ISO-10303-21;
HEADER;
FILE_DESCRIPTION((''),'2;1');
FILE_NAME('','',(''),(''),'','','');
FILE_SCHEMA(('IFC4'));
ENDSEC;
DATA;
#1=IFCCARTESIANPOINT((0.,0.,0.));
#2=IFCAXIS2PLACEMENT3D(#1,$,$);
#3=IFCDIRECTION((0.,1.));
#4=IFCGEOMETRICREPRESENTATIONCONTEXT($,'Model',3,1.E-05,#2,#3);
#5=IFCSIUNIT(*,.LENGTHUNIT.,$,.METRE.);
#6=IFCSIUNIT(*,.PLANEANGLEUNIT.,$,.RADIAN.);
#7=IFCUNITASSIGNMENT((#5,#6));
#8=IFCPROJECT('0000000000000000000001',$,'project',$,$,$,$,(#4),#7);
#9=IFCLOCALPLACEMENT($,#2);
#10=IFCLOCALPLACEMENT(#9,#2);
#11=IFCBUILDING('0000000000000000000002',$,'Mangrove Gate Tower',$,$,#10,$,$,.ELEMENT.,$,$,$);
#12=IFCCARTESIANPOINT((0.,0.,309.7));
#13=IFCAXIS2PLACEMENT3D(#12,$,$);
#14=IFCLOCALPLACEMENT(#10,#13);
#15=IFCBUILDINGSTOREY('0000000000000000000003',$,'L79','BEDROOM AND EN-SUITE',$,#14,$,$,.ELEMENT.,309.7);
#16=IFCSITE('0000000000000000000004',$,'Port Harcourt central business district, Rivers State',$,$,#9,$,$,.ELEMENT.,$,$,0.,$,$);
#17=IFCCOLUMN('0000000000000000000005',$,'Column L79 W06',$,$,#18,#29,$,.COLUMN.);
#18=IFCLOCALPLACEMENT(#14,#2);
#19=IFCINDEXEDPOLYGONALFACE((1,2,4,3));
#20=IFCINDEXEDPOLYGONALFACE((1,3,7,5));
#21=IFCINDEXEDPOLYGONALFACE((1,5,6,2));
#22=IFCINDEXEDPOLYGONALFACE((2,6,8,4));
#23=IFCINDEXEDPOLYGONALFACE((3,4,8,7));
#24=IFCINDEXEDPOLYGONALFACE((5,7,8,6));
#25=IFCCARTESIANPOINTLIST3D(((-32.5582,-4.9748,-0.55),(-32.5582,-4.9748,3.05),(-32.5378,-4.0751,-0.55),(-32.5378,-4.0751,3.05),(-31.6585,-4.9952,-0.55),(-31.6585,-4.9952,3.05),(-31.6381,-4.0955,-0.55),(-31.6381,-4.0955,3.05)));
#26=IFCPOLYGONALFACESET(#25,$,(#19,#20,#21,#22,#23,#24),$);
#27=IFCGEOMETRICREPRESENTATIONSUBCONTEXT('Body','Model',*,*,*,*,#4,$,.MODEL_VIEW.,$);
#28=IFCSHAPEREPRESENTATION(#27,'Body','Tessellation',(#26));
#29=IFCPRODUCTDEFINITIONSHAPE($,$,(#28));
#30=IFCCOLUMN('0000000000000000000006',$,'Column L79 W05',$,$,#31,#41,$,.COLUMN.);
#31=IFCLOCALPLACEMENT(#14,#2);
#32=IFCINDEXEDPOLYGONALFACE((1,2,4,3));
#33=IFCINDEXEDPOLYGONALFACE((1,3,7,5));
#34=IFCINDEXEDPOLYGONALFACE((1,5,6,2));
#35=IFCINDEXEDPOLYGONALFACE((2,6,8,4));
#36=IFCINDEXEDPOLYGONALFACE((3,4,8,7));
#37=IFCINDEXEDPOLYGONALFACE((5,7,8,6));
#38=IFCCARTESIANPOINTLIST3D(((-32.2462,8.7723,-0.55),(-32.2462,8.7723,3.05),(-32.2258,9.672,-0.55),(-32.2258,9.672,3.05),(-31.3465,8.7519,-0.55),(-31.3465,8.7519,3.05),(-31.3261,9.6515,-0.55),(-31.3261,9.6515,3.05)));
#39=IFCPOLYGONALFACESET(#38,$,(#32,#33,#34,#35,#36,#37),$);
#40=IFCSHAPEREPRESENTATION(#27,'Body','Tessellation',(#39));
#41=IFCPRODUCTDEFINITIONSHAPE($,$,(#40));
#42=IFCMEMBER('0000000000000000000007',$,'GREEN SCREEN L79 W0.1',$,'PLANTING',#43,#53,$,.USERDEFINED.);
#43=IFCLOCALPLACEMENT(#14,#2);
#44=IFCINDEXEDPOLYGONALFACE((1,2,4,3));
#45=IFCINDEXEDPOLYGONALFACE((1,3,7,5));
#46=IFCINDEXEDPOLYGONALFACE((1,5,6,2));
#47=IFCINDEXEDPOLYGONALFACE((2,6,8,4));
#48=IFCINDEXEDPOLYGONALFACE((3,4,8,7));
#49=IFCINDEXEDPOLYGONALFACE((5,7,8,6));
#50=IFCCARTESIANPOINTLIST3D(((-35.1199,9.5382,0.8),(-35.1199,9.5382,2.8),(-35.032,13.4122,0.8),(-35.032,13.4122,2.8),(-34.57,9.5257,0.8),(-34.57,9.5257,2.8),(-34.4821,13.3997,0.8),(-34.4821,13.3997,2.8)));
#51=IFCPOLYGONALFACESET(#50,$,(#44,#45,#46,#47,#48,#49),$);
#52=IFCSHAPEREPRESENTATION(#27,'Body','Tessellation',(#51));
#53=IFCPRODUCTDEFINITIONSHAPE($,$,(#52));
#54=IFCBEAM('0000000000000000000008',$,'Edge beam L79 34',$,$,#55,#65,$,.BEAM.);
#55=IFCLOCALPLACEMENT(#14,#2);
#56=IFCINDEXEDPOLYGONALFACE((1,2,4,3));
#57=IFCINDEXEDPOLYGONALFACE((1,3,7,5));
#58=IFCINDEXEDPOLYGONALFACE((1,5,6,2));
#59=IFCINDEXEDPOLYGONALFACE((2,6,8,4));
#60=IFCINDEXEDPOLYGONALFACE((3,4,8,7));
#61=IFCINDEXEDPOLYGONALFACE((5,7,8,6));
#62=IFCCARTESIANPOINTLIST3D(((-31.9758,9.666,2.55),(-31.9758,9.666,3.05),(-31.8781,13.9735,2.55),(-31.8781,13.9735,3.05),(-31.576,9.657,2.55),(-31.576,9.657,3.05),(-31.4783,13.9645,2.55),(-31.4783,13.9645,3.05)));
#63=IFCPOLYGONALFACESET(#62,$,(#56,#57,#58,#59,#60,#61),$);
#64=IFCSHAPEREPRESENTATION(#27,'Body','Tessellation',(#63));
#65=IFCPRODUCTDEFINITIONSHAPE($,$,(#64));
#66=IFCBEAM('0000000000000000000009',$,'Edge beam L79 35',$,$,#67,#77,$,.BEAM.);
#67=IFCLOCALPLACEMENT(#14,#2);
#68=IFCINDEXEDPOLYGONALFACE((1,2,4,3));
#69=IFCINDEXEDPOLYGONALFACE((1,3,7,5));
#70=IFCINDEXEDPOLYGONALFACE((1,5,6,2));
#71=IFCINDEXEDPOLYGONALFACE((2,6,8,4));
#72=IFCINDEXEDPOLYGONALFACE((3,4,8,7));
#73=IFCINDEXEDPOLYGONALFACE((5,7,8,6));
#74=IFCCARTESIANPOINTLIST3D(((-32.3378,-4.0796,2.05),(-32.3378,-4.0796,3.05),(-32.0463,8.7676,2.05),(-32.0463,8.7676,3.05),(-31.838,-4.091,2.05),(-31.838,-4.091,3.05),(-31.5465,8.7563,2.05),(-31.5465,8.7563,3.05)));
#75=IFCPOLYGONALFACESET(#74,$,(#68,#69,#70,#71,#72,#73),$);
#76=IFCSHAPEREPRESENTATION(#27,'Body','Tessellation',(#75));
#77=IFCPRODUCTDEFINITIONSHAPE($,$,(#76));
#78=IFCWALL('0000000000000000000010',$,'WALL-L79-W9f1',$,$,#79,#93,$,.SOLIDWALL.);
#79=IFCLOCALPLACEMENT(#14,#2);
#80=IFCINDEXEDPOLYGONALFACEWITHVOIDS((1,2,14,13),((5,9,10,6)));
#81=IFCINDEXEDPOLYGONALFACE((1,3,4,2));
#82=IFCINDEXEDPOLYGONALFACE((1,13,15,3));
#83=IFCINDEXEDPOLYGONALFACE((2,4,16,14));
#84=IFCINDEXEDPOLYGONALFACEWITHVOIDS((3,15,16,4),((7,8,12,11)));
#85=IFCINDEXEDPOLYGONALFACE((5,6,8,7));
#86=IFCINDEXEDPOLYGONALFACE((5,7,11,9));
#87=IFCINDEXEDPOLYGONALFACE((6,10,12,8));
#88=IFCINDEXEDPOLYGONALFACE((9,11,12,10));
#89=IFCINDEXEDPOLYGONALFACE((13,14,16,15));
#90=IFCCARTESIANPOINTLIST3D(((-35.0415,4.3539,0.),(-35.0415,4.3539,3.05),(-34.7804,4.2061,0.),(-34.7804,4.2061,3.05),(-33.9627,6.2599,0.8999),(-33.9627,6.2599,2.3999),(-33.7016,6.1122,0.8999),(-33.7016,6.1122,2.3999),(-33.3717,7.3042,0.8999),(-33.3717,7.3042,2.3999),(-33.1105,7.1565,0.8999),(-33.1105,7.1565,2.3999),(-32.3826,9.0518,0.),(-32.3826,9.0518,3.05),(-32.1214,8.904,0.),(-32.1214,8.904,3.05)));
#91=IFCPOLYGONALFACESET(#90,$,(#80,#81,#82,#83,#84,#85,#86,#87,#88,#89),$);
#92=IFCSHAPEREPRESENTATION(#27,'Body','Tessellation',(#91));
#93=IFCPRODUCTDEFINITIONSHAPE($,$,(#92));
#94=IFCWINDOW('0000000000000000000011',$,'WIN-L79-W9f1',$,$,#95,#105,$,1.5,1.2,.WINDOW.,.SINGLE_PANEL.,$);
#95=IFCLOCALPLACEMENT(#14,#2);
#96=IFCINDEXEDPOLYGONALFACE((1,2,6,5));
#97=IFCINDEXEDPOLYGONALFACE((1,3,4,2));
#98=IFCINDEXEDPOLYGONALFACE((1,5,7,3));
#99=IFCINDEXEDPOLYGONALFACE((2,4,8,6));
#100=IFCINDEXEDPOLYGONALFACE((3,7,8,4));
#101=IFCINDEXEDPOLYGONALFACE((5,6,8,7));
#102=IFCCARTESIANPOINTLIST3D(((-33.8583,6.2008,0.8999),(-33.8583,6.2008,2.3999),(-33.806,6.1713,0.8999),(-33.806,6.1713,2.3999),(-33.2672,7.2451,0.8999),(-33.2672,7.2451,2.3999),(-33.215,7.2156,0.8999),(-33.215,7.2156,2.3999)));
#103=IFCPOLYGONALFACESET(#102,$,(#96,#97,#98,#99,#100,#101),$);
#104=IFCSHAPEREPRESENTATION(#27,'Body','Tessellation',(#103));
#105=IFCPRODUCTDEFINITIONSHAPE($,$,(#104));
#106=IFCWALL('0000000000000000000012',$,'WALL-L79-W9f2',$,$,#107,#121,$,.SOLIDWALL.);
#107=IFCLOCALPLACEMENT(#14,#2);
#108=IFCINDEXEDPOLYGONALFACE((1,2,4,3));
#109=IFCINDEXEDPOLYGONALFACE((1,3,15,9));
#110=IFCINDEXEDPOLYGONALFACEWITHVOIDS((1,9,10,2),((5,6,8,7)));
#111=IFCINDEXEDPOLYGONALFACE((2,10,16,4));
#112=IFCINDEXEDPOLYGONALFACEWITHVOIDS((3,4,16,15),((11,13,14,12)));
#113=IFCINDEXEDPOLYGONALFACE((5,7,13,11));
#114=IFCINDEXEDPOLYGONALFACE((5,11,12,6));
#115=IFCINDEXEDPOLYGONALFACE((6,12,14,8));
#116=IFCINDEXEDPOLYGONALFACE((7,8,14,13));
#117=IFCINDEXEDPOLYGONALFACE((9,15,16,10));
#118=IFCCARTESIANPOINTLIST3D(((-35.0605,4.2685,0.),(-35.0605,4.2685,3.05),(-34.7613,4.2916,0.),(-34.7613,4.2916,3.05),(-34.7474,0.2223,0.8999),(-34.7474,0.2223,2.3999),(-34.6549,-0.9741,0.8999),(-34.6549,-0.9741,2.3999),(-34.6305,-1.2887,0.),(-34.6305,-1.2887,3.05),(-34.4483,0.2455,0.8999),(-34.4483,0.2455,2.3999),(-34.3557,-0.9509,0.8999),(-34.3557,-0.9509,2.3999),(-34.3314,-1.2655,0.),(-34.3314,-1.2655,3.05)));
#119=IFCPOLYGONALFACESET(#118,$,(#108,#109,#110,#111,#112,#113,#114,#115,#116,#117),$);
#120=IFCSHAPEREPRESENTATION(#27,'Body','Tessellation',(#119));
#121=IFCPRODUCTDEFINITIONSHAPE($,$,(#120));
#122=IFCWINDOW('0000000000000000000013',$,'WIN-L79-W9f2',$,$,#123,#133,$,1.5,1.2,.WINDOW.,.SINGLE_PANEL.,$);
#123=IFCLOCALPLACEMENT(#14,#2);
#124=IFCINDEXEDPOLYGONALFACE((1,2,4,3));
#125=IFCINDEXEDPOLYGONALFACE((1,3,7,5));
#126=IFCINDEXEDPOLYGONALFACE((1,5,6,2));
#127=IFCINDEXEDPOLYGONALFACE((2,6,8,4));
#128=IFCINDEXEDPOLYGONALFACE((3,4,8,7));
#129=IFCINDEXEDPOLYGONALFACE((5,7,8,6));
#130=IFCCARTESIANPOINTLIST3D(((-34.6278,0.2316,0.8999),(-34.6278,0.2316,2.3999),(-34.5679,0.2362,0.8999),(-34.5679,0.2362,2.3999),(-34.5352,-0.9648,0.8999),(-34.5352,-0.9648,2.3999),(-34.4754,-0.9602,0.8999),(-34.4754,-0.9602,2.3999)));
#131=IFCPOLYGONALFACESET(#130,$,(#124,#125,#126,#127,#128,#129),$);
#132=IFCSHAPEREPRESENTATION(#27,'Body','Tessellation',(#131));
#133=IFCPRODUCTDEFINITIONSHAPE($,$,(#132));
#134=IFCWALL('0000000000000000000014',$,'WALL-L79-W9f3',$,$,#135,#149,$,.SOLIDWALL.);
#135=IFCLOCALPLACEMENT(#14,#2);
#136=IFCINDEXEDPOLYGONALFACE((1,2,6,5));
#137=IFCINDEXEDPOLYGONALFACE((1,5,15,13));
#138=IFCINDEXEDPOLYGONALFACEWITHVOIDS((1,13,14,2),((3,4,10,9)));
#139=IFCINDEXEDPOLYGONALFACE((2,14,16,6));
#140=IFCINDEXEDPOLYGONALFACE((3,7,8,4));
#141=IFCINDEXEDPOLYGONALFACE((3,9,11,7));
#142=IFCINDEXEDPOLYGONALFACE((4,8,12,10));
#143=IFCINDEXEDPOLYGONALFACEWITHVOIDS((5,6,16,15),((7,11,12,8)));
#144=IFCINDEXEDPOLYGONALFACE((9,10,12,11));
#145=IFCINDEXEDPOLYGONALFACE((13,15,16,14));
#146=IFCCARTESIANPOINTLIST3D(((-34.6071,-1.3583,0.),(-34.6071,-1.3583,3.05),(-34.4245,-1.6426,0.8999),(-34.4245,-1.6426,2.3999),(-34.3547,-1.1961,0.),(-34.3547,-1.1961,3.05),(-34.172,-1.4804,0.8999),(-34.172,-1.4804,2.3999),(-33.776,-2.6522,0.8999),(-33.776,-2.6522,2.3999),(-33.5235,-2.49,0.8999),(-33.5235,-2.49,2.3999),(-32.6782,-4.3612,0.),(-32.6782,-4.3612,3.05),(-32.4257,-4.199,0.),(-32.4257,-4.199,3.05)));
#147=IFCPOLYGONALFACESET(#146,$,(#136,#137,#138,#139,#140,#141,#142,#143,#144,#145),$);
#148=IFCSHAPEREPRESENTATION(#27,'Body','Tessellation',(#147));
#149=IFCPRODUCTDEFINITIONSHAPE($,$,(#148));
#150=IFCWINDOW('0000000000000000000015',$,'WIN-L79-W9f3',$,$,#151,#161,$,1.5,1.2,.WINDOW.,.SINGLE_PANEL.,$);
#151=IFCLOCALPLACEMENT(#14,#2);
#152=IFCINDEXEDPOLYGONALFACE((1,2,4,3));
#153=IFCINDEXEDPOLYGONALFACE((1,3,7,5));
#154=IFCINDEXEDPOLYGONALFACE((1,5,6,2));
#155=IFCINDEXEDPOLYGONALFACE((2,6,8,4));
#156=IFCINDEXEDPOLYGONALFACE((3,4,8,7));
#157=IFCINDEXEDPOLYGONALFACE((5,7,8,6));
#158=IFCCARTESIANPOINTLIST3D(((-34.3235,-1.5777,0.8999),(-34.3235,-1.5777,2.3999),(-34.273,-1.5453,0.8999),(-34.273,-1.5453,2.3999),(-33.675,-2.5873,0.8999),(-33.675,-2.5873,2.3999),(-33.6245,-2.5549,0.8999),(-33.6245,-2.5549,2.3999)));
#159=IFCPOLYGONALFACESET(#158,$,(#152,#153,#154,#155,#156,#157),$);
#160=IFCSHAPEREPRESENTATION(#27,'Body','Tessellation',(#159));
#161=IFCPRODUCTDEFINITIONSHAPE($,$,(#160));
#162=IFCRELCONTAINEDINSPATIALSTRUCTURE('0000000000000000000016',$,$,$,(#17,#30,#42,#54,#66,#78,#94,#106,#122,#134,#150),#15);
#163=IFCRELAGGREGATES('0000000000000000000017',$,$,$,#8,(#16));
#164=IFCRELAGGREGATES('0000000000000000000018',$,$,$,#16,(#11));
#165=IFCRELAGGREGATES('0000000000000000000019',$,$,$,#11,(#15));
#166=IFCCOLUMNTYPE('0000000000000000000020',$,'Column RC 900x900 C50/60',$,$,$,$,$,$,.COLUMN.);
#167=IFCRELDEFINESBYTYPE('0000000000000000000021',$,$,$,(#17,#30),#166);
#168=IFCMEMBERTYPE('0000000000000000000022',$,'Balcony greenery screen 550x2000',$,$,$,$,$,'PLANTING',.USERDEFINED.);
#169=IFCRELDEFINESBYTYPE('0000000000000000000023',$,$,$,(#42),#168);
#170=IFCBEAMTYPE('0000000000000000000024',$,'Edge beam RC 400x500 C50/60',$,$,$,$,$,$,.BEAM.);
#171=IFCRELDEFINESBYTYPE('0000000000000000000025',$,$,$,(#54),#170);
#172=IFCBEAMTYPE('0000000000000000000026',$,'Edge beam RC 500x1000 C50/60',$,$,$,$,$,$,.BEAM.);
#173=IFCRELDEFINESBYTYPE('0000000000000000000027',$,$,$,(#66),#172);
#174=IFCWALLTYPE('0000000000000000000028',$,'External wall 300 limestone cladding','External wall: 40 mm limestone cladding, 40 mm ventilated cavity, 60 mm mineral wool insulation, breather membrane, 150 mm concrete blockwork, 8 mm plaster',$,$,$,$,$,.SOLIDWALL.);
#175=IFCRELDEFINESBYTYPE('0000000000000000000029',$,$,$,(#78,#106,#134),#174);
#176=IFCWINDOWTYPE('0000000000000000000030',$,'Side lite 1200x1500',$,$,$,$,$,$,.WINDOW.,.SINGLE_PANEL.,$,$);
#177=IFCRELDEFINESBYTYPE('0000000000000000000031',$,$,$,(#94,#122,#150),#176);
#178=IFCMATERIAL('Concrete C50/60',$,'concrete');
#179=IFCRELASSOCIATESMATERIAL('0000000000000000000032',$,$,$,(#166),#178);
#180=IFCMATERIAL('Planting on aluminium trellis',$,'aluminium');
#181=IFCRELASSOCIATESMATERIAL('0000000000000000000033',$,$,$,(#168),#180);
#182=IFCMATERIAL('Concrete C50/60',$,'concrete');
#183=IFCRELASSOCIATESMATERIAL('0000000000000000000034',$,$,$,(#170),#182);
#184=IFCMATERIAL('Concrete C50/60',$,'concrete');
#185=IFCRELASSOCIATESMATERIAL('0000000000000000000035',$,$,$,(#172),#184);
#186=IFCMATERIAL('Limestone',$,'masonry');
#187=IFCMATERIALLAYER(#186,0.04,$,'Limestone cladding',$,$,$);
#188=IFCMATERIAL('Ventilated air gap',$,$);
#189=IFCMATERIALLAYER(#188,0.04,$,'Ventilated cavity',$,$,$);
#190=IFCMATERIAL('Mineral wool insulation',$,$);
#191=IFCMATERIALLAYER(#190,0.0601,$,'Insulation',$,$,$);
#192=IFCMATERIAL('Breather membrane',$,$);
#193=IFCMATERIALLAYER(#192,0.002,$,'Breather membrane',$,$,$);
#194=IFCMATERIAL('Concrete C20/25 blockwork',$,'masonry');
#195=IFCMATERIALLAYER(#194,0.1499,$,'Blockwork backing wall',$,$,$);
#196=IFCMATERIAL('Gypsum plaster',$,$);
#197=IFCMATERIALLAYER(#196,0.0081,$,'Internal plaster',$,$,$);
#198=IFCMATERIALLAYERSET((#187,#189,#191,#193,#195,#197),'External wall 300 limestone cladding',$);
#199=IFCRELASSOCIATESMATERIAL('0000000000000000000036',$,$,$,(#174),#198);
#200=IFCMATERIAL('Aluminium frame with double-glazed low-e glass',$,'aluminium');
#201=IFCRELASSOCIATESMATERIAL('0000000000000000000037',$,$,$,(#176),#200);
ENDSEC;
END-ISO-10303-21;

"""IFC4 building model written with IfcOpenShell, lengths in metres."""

from ifc_helpers import new_model, si_unit, direction, frame, frame_2d, origin, origin_2d, place, context, subcontext, project, spatial, rectangle, extrude, material, layer, layer_set, material_profile, profile_set, type_object, element, fill, save


model = new_model("IFC4")

# Units and contexts
model_context = context("Model", 3, precision=1e-05, world=origin(), true_north=direction((0.0, 1.0)))
body_context = subcontext(model_context, "Body", "Model", "MODEL_VIEW")
ifc_project = project(units=[si_unit("LENGTHUNIT", "METRE"), si_unit("PLANEANGLEUNIT", "RADIAN")], contexts=[model_context])

# Site, building, storey
site_placement = place(None, origin())
site = spatial("IfcSite", under=ifc_project, at=site_placement, Name="Port Harcourt central business district, Rivers State", CompositionType="ELEMENT", RefElevation=0.0)
building_placement = place(site_placement, origin())
building = spatial("IfcBuilding", under=site, at=building_placement, Name="Mangrove Gate Tower", CompositionType="ELEMENT")
storey_placement = place(building_placement, frame((0.0, 0.0, 309.7)))
storey = spatial("IfcBuildingStorey", under=building, at=storey_placement, Name="L79", Description="BEDROOM AND EN-SUITE", CompositionType="ELEMENT", Elevation=309.7)

# Columns
ifc_material_1 = material(Name="Concrete C50/60", Category="concrete")
ifc_material_profile_1 = material_profile(ifc_material_1, rectangle(XDim=0.8999, YDim=0.8999, at=origin_2d()))
ifc_profile_set_1 = profile_set([ifc_material_profile_1], Name="Concrete C50/60")
column_type = type_object("IfcColumnType", Name="Column RC 900x900 C50/60", PredefinedType="COLUMN", material=ifc_profile_set_1)
for number, where, z_axis, x_axis, name in (
    (1, (-32.0981, -4.5352, -0.55), (0.0, 0.0, 1.0), (-0.02268, -0.999743, 0.0), "Column L79 W06"),
    (2, (-31.7861, 9.2119, -0.55), (0.0, 0.0, 1.0), (-0.022681, -0.999743, 0.0), "Column L79 W05"),
):
    element("IfcColumn", number, at=place(storey_placement, frame(where, z_axis=z_axis, x_axis=x_axis)), inside=storey, type_object=column_type, Name=name, PredefinedType="COLUMN", context=body_context, shape_type="SweptSolid", body=[
        extrude(rectangle(XDim=0.8999, YDim=0.8999, at=origin_2d()), origin(), (0.0, 0.0, 1.0), 3.6001),
    ])

# Member
ifc_material_2 = material(Name="Planting on aluminium trellis", Category="aluminium")
ifc_material_profile_2 = material_profile(ifc_material_2, rectangle(XDim=0.55, YDim=2.0, at=origin_2d()))
ifc_profile_set_2 = profile_set([ifc_material_profile_2], Name="Planting on aluminium trellis")
member_type = type_object("IfcMemberType", Name="Balcony greenery screen 550x2000", ElementType="PLANTING", PredefinedType="USERDEFINED", material=ifc_profile_set_2)
member_placement = place(storey_placement, frame((-34.845, 9.532, 1.8), z_axis=(0.022681, 0.999743, 0.0), x_axis=(-0.999743, 0.022681, 0.0)))
element("IfcMember", 3, at=member_placement, inside=storey, type_object=member_type, Name="GREEN SCREEN L79 W0.1", ObjectType="PLANTING", PredefinedType="USERDEFINED", context=body_context, shape_type="SweptSolid", body=[
    extrude(rectangle(XDim=0.55, YDim=2.0, at=origin_2d()), origin(), (0.0, 0.0, 1.0), 3.875),
])

# Beams
ifc_material_3 = material(Name="Concrete C50/60", Category="concrete")
ifc_material_profile_3 = material_profile(ifc_material_3, rectangle(XDim=0.3999, YDim=0.5, at=origin_2d()))
ifc_profile_set_3 = profile_set([ifc_material_profile_3], Name="Concrete C50/60")
beam_type_1 = type_object("IfcBeamType", Name="Edge beam RC 400x500 C50/60", PredefinedType="BEAM", material=ifc_profile_set_3)
beam_1_placement = place(storey_placement, frame((-31.6782, 13.969, 2.8), z_axis=(-0.022666, -0.999743, 0.0), x_axis=(0.999743, -0.022666, 0.0)))
element("IfcBeam", 4, at=beam_1_placement, inside=storey, type_object=beam_type_1, Name="Edge beam L79 34", PredefinedType="BEAM", context=body_context, shape_type="SweptSolid", body=[
    extrude(rectangle(XDim=0.3999, YDim=0.5, at=origin_2d()), origin(), (0.0, 0.0, 1.0), 4.3086),
])
ifc_material_4 = material(Name="Concrete C50/60", Category="concrete")
ifc_material_profile_4 = material_profile(ifc_material_4, rectangle(XDim=0.5, YDim=1.0, at=origin_2d()))
ifc_profile_set_4 = profile_set([ifc_material_profile_4], Name="Concrete C50/60")
beam_type_2 = type_object("IfcBeamType", Name="Edge beam RC 500x1000 C50/60", PredefinedType="BEAM", material=ifc_profile_set_4)
beam_2_placement = place(storey_placement, frame((-31.7964, 8.762, 2.55), z_axis=(-0.022684, -0.999743, 0.0), x_axis=(0.999743, -0.022684, 0.0)))
element("IfcBeam", 5, at=beam_2_placement, inside=storey, type_object=beam_type_2, Name="Edge beam L79 35", PredefinedType="BEAM", context=body_context, shape_type="SweptSolid", body=[
    extrude(rectangle(XDim=0.5, YDim=1.0, at=origin_2d()), origin(), (0.0, 0.0, 1.0), 12.8506),
])

# Walls, openings, windows
ifc_material_5 = material(Name="Limestone", Category="masonry")
ifc_layer_1 = layer(ifc_material_5, 0.04, Name="Limestone cladding")
ifc_material_6 = material(Name="Ventilated air gap")
ifc_layer_2 = layer(ifc_material_6, 0.04, Name="Ventilated cavity")
ifc_material_7 = material(Name="Mineral wool insulation")
ifc_layer_3 = layer(ifc_material_7, 0.0601, Name="Insulation")
ifc_material_8 = material(Name="Breather membrane")
ifc_layer_4 = layer(ifc_material_8, 0.002, Name="Breather membrane")
ifc_material_9 = material(Name="Concrete C20/25 blockwork", Category="masonry")
ifc_layer_5 = layer(ifc_material_9, 0.1499, Name="Blockwork backing wall")
ifc_material_10 = material(Name="Gypsum plaster")
ifc_layer_6 = layer(ifc_material_10, 0.0081, Name="Internal plaster")
ifc_layer_set_1 = layer_set([ifc_layer_1, ifc_layer_2, ifc_layer_3, ifc_layer_4, ifc_layer_5, ifc_layer_6], Name="External wall 300 limestone cladding")
wall_type_1 = type_object("IfcWallType", Name="External wall 300 limestone cladding", Description="External wall: 40 mm limestone cladding, 40 mm ventilated cavity, 60 mm mineral wool insulation, breather membrane, 150 mm concrete blockwork, 8 mm plaster", PredefinedType="SOLIDWALL", material=ifc_layer_set_1)
wall_1_placement = place(storey_placement, frame((-32.252, 8.978, 0.0), z_axis=(0.0, 0.0, 1.0), x_axis=(-0.492555, -0.870281, 0.0)))
wall_1 = element("IfcWall", 6, at=wall_1_placement, inside=storey, type_object=wall_type_1, Name="WALL-L79-W9f1", PredefinedType="SOLIDWALL", context=body_context, shape_type="SweptSolid", body=[
    extrude(rectangle(XDim=5.3982, YDim=0.3, at=frame_2d((2.6992, 0.0))), origin(), (0.0, 0.0, 1.0), 3.05),
])
opening_1_placement = place(wall_1_placement, frame((2.0081, 0.0, 0.8999)))
opening_1 = element("IfcOpeningElement", 7, at=opening_1_placement, cuts=wall_1, PredefinedType="OPENING", context=body_context, shape_type="SweptSolid", body=[
    extrude(rectangle(XDim=1.2, YDim=1.5, at=frame_2d((0.6001, 0.75))), frame((0.0, 0.1599, 0.0), z_axis=(0.0, -1.0, 0.0), x_axis=(1.0, 0.0, 0.0)), (0.0, 0.0, 1.0), 0.3201),
])
ifc_material_11 = material(Name="Aluminium frame with double-glazed low-e glass", Category="aluminium")
window_type_1 = type_object("IfcWindowType", Name="Side lite 1200x1500", PartitioningType="SINGLE_PANEL", PredefinedType="WINDOW", material=ifc_material_11)
window_1_placement = place(opening_1_placement, origin())
window_1 = element("IfcWindow", 8, at=window_1_placement, inside=storey, type_object=window_type_1, Name="WIN-L79-W9f1", OverallHeight=1.5, OverallWidth=1.2, PartitioningType="SINGLE_PANEL", PredefinedType="WINDOW", context=body_context, shape_type="SweptSolid", body=[
    extrude(rectangle(XDim=1.2, YDim=1.5, at=frame_2d((0.6001, 0.75))), frame((0.0, 0.03, 0.0), z_axis=(0.0, -1.0, 0.0), x_axis=(1.0, 0.0, 0.0)), (0.0, 0.0, 1.0), 0.0601),
])
fill(opening_1, window_1)
wall_2_placement = place(storey_placement, frame((-34.9109, 4.28, 0.0), z_axis=(0.0, 0.0, 1.0), x_axis=(0.077135, -0.997021, 0.0)))
wall_2 = element("IfcWall", 9, at=wall_2_placement, inside=storey, type_object=wall_type_1, Name="WALL-L79-W9f2", PredefinedType="SOLIDWALL", context=body_context, shape_type="SweptSolid", body=[
    extrude(rectangle(XDim=5.5737, YDim=0.3, at=frame_2d((2.7869, 0.0))), origin(), (0.0, 0.0, 1.0), 3.05),
])
opening_2_placement = place(wall_2_placement, frame((4.0581, 0.0, 0.8999)))
opening_2 = element("IfcOpeningElement", 10, at=opening_2_placement, cuts=wall_2, PredefinedType="OPENING", context=body_context, shape_type="SweptSolid", body=[
    extrude(rectangle(XDim=1.2, YDim=1.5, at=frame_2d((0.6001, 0.75))), frame((0.0, 0.1599, 0.0), z_axis=(0.0, -1.0, 0.0), x_axis=(1.0, 0.0, 0.0)), (0.0, 0.0, 1.0), 0.3201),
])
window_2_placement = place(opening_2_placement, origin())
window_2 = element("IfcWindow", 11, at=window_2_placement, inside=storey, type_object=window_type_1, Name="WIN-L79-W9f2", OverallHeight=1.5, OverallWidth=1.2, PartitioningType="SINGLE_PANEL", PredefinedType="WINDOW", context=body_context, shape_type="SweptSolid", body=[
    extrude(rectangle(XDim=1.2, YDim=1.5, at=frame_2d((0.6001, 0.75))), frame((0.0, 0.03, 0.0), z_axis=(0.0, -1.0, 0.0), x_axis=(1.0, 0.0, 0.0)), (0.0, 0.0, 1.0), 0.0601),
])
fill(opening_2, window_2)
wall_3_placement = place(storey_placement, frame((-34.481, -1.2771, 0.0), z_axis=(0.0, 0.0, 1.0), x_axis=(0.54046, -0.84137, 0.0)))
wall_3 = element("IfcWall", 12, at=wall_3_placement, inside=storey, type_object=wall_type_1, Name="WALL-L79-W9f3", PredefinedType="SOLIDWALL", context=body_context, shape_type="SweptSolid", body=[
    extrude(rectangle(XDim=3.5691, YDim=0.3, at=frame_2d((1.7847, 0.0))), origin(), (0.0, 0.0, 1.0), 3.05),
])
opening_3_placement = place(wall_3_placement, frame((0.3379, 0.0, 0.8999)))
opening_3 = element("IfcOpeningElement", 13, at=opening_3_placement, cuts=wall_3, PredefinedType="OPENING", context=body_context, shape_type="SweptSolid", body=[
    extrude(rectangle(XDim=1.2, YDim=1.5, at=frame_2d((0.6001, 0.75))), frame((0.0, 0.1599, 0.0), z_axis=(0.0, -1.0, 0.0), x_axis=(1.0, 0.0, 0.0)), (0.0, 0.0, 1.0), 0.3201),
])
window_3_placement = place(opening_3_placement, origin())
window_3 = element("IfcWindow", 14, at=window_3_placement, inside=storey, type_object=window_type_1, Name="WIN-L79-W9f3", OverallHeight=1.5, OverallWidth=1.2, PartitioningType="SINGLE_PANEL", PredefinedType="WINDOW", context=body_context, shape_type="SweptSolid", body=[
    extrude(rectangle(XDim=1.2, YDim=1.5, at=frame_2d((0.6001, 0.75))), frame((0.0, 0.03, 0.0), z_axis=(0.0, -1.0, 0.0), x_axis=(1.0, 0.0, 0.0)), (0.0, 0.0, 1.0), 0.0601),
])
fill(opening_3, window_3)

save(model, "model.ifc")
